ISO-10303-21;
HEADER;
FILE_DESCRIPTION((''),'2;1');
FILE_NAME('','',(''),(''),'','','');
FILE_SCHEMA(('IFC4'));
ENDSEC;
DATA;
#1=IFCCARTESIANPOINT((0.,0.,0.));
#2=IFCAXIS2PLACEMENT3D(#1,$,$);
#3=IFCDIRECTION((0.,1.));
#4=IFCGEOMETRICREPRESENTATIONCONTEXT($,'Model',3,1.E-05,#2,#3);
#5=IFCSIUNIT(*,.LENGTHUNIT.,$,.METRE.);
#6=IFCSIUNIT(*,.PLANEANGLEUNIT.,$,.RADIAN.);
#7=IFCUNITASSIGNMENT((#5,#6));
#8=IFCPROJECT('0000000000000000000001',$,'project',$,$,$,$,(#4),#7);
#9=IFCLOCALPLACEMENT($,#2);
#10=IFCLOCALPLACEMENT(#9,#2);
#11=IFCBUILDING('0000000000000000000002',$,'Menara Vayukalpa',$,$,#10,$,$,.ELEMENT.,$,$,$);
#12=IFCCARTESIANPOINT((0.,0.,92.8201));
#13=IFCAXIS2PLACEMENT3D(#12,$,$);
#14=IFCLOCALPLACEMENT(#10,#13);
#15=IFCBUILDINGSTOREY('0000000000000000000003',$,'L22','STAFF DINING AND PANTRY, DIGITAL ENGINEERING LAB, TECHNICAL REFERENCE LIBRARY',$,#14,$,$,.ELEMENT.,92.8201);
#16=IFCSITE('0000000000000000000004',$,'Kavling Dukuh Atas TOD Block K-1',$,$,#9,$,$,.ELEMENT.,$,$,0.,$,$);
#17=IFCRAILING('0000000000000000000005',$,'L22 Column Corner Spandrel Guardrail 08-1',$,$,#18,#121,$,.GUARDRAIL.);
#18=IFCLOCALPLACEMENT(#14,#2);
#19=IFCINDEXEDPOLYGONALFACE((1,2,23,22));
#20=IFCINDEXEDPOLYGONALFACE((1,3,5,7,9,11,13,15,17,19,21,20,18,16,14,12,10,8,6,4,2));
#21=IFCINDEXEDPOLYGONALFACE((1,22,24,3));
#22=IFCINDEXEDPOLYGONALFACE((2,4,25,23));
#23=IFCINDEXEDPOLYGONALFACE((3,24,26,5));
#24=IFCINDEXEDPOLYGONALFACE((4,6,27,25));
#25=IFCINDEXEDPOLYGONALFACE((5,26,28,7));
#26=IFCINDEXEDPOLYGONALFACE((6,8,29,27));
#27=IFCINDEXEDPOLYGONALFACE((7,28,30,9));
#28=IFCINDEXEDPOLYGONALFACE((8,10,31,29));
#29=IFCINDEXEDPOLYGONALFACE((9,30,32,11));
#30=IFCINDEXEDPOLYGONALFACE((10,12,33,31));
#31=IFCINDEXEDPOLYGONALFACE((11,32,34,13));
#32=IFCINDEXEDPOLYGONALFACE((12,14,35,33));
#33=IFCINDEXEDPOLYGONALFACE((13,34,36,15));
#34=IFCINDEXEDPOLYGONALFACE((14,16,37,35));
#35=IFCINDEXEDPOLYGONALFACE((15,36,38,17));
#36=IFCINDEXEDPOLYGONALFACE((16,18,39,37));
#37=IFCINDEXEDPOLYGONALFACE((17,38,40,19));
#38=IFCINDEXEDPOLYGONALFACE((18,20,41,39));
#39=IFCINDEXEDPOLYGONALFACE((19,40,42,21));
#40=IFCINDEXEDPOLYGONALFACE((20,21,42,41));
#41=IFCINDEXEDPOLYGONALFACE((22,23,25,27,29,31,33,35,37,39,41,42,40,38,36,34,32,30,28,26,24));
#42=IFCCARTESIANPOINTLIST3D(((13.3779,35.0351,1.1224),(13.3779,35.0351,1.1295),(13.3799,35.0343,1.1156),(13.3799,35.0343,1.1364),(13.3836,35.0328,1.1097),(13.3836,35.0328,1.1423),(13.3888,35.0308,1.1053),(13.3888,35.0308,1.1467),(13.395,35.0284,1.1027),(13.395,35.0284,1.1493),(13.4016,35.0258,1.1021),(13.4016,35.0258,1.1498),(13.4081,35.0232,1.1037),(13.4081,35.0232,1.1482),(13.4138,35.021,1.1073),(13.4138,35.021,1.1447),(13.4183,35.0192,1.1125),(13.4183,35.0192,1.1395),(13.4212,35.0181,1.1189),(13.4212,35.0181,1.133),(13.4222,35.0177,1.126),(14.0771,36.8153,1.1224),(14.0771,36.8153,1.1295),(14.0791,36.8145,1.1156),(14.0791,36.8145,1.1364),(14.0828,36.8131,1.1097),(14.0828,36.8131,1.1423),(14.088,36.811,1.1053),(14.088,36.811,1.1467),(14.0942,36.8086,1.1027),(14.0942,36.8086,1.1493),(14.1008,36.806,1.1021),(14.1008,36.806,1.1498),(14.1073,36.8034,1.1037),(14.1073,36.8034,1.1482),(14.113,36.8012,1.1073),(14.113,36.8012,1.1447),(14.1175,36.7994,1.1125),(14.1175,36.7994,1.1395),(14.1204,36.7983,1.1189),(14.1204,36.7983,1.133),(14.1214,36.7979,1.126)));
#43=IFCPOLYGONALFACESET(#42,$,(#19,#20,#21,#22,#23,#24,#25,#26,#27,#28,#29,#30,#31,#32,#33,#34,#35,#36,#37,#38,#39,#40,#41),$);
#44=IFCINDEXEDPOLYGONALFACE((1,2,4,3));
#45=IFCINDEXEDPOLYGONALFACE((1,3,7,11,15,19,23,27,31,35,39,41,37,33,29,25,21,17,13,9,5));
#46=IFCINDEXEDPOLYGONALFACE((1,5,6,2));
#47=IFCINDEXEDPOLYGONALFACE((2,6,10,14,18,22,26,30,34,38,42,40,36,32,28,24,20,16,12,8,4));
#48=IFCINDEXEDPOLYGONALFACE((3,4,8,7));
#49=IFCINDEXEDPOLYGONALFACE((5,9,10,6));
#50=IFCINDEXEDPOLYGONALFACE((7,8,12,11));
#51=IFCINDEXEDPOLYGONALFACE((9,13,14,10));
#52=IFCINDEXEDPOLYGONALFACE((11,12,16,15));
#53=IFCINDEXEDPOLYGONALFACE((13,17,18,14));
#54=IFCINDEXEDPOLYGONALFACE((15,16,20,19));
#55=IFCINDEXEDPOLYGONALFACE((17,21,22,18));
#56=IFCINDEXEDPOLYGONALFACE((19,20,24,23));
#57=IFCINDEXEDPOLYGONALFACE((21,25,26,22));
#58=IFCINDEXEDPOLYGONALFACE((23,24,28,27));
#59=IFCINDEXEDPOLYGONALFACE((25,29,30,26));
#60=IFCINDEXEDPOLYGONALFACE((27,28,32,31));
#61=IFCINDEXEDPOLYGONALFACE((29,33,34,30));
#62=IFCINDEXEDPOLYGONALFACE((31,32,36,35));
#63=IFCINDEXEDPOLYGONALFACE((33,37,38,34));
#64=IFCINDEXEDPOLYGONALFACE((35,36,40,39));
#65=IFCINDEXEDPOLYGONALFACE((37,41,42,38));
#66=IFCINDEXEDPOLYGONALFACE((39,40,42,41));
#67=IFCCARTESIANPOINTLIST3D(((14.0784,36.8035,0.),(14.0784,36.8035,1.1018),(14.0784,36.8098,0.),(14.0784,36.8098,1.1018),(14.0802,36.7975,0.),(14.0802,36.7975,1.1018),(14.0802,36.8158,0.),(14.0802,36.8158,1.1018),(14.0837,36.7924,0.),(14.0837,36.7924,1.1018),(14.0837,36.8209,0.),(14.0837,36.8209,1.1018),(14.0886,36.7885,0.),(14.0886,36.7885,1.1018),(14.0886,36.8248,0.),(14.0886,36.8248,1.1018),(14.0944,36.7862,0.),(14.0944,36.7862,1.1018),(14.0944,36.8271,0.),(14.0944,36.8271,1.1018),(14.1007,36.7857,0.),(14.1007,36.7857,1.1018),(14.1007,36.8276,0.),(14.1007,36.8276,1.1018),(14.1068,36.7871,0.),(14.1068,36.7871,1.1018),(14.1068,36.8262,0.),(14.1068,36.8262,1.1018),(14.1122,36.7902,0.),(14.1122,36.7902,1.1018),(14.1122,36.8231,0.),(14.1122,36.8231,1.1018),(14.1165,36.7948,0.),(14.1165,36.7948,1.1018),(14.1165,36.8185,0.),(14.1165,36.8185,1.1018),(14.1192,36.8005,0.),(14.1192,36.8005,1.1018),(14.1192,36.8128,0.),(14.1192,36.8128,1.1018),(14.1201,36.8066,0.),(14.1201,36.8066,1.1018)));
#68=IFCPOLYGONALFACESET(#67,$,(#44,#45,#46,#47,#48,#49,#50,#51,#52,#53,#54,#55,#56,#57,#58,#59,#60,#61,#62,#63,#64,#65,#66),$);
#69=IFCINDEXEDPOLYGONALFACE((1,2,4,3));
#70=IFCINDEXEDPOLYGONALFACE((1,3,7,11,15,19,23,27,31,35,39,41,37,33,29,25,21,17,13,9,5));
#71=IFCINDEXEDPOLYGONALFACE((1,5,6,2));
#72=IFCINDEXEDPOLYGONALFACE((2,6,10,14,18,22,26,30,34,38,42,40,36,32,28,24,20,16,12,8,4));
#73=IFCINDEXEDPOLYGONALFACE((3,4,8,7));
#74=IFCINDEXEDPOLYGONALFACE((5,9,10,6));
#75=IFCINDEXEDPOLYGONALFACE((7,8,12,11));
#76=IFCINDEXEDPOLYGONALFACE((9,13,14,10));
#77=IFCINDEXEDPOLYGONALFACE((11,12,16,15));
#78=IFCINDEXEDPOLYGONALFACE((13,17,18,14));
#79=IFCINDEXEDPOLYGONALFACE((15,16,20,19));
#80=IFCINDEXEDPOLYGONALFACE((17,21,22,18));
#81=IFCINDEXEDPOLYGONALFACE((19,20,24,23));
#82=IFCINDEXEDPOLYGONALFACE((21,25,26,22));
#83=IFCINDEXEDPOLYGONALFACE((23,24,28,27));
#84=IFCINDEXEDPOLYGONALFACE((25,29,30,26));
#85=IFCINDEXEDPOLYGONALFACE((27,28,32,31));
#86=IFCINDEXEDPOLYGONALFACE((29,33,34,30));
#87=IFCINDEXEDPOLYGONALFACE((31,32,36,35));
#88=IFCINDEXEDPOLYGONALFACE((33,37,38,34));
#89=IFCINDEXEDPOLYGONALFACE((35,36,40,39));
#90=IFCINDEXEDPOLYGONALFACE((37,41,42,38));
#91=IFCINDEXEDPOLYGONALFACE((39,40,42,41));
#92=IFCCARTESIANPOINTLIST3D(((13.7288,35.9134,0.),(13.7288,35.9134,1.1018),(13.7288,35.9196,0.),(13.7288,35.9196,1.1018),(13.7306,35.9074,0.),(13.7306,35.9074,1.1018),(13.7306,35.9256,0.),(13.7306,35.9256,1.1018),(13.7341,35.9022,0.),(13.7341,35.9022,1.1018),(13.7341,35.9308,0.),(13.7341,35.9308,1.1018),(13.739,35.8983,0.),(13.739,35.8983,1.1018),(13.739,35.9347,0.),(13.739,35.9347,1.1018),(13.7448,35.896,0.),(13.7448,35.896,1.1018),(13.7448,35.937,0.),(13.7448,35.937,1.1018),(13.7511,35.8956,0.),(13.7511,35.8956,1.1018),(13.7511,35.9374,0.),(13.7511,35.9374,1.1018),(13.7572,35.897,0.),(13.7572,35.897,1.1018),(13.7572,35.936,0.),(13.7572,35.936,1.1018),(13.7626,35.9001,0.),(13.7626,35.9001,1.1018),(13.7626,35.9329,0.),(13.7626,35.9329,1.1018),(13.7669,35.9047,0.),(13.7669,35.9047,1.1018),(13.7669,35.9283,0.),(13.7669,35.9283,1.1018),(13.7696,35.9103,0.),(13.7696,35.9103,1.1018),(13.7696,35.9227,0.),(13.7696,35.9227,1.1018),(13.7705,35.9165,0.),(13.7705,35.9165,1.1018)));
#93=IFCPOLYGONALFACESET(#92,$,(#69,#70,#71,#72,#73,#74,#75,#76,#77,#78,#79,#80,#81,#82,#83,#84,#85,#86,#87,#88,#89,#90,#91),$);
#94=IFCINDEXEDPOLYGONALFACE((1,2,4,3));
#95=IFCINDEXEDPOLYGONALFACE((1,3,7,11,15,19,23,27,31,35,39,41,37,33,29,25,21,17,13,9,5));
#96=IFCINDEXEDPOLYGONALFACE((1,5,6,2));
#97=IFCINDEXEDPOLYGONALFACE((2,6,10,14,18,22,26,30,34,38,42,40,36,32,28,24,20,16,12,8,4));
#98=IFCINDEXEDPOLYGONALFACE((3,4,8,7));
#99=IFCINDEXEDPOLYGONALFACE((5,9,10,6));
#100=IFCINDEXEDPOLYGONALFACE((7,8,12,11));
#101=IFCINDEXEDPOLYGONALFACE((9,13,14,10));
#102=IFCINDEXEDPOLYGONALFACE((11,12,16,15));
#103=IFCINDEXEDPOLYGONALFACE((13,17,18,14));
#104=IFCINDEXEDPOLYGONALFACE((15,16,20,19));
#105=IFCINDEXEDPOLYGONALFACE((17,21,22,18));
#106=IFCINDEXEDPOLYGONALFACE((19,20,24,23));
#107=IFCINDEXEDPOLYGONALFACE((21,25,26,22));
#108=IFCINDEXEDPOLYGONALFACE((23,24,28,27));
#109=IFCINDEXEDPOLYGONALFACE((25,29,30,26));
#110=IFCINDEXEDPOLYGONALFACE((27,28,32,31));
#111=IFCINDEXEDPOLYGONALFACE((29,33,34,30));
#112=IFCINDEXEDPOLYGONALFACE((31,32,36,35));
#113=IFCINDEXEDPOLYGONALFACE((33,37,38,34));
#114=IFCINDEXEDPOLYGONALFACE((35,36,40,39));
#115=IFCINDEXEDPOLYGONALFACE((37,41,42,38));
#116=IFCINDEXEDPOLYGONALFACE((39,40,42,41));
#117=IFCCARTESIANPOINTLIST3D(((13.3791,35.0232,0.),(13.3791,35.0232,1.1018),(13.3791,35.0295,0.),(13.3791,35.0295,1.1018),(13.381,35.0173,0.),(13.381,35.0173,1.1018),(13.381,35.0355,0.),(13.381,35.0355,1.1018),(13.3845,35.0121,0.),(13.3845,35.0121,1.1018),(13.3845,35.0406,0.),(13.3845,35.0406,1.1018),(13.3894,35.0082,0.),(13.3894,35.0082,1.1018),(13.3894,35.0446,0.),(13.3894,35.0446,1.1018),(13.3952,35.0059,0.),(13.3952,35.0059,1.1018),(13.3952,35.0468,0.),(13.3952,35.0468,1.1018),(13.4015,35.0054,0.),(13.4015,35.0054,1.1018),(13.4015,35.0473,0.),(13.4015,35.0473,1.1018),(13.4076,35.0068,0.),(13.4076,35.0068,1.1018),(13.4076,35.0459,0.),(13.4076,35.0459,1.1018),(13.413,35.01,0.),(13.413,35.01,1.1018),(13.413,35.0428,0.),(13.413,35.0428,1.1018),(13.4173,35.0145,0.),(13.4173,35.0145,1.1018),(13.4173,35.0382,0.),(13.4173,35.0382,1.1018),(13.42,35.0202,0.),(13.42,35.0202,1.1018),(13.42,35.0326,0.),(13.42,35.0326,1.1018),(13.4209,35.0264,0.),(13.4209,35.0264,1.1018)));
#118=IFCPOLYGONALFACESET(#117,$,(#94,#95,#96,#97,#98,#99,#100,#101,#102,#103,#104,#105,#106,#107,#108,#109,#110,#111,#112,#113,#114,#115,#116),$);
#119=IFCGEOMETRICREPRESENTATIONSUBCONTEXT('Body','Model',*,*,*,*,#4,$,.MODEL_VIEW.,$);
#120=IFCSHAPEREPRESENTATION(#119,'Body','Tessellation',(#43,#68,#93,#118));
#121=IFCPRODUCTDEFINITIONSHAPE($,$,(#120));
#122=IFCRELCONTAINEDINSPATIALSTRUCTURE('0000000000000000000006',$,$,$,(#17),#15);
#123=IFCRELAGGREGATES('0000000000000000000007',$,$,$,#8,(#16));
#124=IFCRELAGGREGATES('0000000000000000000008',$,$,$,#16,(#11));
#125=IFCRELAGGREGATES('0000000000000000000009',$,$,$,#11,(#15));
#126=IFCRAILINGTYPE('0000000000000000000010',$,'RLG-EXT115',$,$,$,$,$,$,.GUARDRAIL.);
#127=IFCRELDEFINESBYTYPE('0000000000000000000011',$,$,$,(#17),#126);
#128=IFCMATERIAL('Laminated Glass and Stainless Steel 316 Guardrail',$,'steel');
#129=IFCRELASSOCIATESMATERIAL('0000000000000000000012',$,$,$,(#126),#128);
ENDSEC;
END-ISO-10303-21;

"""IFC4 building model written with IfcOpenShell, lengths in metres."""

from ifc_helpers import new_model, si_unit, direction, frame, origin, origin_2d, place, context, subcontext, project, spatial, circle, extrude, material, type_object, element, save


model = new_model("IFC4")

# Units and contexts
model_context = context("Model", 3, precision=1e-05, world=origin(), true_north=direction((0.0, 1.0)))
body_context = subcontext(model_context, "Body", "Model", "MODEL_VIEW")
ifc_project = project(units=[si_unit("LENGTHUNIT", "METRE"), si_unit("PLANEANGLEUNIT", "RADIAN")], contexts=[model_context])

# Site, building, storey
site_placement = place(None, origin())
site = spatial("IfcSite", under=ifc_project, at=site_placement, Name="Kavling Dukuh Atas TOD Block K-1", CompositionType="ELEMENT", RefElevation=0.0)
building_placement = place(site_placement, origin())
building = spatial("IfcBuilding", under=site, at=building_placement, Name="Menara Vayukalpa", CompositionType="ELEMENT")
storey_placement = place(building_placement, frame((0.0, 0.0, 92.8201)))
storey = spatial("IfcBuildingStorey", under=building, at=storey_placement, Name="L22", Description="STAFF DINING AND PANTRY, DIGITAL ENGINEERING LAB, TECHNICAL REFERENCE LIBRARY", CompositionType="ELEMENT", Elevation=92.8201)

# Railing
ifc_material_1 = material(Name="Laminated Glass and Stainless Steel 316 Guardrail", Category="steel")
railing_type = type_object("IfcRailingType", Name="RLG-EXT115", PredefinedType="GUARDRAIL", material=ifc_material_1)
railing_1_placement = place(storey_placement, frame((14.0991, 36.8066, 0.0)))
element("IfcRailing", 1, at=railing_1_placement, inside=storey, type_object=railing_type, Name="L22 Column Corner Spandrel Guardrail 08-1", PredefinedType="GUARDRAIL", context=body_context, shape_type="SweptSolid", body=[
    extrude(circle(Radius=0.0239, at=origin_2d()), frame((0.0, 0.0, 1.126), z_axis=(-0.365573, -0.930783, 0.0), x_axis=(0.930783, -0.365573, 0.0)), (0.0, 0.0, 1.0), 1.9126),
    extrude(circle(Radius=0.021, at=origin_2d()), origin(), (0.0, 0.0, 1.0), 1.1018),
    extrude(circle(Radius=0.021, at=origin_2d()), frame((-0.3496, -0.8901, 0.0)), (0.0, 0.0, 1.0), 1.1018),
    extrude(circle(Radius=0.021, at=origin_2d()), frame((-0.6992, -1.7803, 0.0)), (0.0, 0.0, 1.0), 1.1018),
])

save(model, "model.ifc")
